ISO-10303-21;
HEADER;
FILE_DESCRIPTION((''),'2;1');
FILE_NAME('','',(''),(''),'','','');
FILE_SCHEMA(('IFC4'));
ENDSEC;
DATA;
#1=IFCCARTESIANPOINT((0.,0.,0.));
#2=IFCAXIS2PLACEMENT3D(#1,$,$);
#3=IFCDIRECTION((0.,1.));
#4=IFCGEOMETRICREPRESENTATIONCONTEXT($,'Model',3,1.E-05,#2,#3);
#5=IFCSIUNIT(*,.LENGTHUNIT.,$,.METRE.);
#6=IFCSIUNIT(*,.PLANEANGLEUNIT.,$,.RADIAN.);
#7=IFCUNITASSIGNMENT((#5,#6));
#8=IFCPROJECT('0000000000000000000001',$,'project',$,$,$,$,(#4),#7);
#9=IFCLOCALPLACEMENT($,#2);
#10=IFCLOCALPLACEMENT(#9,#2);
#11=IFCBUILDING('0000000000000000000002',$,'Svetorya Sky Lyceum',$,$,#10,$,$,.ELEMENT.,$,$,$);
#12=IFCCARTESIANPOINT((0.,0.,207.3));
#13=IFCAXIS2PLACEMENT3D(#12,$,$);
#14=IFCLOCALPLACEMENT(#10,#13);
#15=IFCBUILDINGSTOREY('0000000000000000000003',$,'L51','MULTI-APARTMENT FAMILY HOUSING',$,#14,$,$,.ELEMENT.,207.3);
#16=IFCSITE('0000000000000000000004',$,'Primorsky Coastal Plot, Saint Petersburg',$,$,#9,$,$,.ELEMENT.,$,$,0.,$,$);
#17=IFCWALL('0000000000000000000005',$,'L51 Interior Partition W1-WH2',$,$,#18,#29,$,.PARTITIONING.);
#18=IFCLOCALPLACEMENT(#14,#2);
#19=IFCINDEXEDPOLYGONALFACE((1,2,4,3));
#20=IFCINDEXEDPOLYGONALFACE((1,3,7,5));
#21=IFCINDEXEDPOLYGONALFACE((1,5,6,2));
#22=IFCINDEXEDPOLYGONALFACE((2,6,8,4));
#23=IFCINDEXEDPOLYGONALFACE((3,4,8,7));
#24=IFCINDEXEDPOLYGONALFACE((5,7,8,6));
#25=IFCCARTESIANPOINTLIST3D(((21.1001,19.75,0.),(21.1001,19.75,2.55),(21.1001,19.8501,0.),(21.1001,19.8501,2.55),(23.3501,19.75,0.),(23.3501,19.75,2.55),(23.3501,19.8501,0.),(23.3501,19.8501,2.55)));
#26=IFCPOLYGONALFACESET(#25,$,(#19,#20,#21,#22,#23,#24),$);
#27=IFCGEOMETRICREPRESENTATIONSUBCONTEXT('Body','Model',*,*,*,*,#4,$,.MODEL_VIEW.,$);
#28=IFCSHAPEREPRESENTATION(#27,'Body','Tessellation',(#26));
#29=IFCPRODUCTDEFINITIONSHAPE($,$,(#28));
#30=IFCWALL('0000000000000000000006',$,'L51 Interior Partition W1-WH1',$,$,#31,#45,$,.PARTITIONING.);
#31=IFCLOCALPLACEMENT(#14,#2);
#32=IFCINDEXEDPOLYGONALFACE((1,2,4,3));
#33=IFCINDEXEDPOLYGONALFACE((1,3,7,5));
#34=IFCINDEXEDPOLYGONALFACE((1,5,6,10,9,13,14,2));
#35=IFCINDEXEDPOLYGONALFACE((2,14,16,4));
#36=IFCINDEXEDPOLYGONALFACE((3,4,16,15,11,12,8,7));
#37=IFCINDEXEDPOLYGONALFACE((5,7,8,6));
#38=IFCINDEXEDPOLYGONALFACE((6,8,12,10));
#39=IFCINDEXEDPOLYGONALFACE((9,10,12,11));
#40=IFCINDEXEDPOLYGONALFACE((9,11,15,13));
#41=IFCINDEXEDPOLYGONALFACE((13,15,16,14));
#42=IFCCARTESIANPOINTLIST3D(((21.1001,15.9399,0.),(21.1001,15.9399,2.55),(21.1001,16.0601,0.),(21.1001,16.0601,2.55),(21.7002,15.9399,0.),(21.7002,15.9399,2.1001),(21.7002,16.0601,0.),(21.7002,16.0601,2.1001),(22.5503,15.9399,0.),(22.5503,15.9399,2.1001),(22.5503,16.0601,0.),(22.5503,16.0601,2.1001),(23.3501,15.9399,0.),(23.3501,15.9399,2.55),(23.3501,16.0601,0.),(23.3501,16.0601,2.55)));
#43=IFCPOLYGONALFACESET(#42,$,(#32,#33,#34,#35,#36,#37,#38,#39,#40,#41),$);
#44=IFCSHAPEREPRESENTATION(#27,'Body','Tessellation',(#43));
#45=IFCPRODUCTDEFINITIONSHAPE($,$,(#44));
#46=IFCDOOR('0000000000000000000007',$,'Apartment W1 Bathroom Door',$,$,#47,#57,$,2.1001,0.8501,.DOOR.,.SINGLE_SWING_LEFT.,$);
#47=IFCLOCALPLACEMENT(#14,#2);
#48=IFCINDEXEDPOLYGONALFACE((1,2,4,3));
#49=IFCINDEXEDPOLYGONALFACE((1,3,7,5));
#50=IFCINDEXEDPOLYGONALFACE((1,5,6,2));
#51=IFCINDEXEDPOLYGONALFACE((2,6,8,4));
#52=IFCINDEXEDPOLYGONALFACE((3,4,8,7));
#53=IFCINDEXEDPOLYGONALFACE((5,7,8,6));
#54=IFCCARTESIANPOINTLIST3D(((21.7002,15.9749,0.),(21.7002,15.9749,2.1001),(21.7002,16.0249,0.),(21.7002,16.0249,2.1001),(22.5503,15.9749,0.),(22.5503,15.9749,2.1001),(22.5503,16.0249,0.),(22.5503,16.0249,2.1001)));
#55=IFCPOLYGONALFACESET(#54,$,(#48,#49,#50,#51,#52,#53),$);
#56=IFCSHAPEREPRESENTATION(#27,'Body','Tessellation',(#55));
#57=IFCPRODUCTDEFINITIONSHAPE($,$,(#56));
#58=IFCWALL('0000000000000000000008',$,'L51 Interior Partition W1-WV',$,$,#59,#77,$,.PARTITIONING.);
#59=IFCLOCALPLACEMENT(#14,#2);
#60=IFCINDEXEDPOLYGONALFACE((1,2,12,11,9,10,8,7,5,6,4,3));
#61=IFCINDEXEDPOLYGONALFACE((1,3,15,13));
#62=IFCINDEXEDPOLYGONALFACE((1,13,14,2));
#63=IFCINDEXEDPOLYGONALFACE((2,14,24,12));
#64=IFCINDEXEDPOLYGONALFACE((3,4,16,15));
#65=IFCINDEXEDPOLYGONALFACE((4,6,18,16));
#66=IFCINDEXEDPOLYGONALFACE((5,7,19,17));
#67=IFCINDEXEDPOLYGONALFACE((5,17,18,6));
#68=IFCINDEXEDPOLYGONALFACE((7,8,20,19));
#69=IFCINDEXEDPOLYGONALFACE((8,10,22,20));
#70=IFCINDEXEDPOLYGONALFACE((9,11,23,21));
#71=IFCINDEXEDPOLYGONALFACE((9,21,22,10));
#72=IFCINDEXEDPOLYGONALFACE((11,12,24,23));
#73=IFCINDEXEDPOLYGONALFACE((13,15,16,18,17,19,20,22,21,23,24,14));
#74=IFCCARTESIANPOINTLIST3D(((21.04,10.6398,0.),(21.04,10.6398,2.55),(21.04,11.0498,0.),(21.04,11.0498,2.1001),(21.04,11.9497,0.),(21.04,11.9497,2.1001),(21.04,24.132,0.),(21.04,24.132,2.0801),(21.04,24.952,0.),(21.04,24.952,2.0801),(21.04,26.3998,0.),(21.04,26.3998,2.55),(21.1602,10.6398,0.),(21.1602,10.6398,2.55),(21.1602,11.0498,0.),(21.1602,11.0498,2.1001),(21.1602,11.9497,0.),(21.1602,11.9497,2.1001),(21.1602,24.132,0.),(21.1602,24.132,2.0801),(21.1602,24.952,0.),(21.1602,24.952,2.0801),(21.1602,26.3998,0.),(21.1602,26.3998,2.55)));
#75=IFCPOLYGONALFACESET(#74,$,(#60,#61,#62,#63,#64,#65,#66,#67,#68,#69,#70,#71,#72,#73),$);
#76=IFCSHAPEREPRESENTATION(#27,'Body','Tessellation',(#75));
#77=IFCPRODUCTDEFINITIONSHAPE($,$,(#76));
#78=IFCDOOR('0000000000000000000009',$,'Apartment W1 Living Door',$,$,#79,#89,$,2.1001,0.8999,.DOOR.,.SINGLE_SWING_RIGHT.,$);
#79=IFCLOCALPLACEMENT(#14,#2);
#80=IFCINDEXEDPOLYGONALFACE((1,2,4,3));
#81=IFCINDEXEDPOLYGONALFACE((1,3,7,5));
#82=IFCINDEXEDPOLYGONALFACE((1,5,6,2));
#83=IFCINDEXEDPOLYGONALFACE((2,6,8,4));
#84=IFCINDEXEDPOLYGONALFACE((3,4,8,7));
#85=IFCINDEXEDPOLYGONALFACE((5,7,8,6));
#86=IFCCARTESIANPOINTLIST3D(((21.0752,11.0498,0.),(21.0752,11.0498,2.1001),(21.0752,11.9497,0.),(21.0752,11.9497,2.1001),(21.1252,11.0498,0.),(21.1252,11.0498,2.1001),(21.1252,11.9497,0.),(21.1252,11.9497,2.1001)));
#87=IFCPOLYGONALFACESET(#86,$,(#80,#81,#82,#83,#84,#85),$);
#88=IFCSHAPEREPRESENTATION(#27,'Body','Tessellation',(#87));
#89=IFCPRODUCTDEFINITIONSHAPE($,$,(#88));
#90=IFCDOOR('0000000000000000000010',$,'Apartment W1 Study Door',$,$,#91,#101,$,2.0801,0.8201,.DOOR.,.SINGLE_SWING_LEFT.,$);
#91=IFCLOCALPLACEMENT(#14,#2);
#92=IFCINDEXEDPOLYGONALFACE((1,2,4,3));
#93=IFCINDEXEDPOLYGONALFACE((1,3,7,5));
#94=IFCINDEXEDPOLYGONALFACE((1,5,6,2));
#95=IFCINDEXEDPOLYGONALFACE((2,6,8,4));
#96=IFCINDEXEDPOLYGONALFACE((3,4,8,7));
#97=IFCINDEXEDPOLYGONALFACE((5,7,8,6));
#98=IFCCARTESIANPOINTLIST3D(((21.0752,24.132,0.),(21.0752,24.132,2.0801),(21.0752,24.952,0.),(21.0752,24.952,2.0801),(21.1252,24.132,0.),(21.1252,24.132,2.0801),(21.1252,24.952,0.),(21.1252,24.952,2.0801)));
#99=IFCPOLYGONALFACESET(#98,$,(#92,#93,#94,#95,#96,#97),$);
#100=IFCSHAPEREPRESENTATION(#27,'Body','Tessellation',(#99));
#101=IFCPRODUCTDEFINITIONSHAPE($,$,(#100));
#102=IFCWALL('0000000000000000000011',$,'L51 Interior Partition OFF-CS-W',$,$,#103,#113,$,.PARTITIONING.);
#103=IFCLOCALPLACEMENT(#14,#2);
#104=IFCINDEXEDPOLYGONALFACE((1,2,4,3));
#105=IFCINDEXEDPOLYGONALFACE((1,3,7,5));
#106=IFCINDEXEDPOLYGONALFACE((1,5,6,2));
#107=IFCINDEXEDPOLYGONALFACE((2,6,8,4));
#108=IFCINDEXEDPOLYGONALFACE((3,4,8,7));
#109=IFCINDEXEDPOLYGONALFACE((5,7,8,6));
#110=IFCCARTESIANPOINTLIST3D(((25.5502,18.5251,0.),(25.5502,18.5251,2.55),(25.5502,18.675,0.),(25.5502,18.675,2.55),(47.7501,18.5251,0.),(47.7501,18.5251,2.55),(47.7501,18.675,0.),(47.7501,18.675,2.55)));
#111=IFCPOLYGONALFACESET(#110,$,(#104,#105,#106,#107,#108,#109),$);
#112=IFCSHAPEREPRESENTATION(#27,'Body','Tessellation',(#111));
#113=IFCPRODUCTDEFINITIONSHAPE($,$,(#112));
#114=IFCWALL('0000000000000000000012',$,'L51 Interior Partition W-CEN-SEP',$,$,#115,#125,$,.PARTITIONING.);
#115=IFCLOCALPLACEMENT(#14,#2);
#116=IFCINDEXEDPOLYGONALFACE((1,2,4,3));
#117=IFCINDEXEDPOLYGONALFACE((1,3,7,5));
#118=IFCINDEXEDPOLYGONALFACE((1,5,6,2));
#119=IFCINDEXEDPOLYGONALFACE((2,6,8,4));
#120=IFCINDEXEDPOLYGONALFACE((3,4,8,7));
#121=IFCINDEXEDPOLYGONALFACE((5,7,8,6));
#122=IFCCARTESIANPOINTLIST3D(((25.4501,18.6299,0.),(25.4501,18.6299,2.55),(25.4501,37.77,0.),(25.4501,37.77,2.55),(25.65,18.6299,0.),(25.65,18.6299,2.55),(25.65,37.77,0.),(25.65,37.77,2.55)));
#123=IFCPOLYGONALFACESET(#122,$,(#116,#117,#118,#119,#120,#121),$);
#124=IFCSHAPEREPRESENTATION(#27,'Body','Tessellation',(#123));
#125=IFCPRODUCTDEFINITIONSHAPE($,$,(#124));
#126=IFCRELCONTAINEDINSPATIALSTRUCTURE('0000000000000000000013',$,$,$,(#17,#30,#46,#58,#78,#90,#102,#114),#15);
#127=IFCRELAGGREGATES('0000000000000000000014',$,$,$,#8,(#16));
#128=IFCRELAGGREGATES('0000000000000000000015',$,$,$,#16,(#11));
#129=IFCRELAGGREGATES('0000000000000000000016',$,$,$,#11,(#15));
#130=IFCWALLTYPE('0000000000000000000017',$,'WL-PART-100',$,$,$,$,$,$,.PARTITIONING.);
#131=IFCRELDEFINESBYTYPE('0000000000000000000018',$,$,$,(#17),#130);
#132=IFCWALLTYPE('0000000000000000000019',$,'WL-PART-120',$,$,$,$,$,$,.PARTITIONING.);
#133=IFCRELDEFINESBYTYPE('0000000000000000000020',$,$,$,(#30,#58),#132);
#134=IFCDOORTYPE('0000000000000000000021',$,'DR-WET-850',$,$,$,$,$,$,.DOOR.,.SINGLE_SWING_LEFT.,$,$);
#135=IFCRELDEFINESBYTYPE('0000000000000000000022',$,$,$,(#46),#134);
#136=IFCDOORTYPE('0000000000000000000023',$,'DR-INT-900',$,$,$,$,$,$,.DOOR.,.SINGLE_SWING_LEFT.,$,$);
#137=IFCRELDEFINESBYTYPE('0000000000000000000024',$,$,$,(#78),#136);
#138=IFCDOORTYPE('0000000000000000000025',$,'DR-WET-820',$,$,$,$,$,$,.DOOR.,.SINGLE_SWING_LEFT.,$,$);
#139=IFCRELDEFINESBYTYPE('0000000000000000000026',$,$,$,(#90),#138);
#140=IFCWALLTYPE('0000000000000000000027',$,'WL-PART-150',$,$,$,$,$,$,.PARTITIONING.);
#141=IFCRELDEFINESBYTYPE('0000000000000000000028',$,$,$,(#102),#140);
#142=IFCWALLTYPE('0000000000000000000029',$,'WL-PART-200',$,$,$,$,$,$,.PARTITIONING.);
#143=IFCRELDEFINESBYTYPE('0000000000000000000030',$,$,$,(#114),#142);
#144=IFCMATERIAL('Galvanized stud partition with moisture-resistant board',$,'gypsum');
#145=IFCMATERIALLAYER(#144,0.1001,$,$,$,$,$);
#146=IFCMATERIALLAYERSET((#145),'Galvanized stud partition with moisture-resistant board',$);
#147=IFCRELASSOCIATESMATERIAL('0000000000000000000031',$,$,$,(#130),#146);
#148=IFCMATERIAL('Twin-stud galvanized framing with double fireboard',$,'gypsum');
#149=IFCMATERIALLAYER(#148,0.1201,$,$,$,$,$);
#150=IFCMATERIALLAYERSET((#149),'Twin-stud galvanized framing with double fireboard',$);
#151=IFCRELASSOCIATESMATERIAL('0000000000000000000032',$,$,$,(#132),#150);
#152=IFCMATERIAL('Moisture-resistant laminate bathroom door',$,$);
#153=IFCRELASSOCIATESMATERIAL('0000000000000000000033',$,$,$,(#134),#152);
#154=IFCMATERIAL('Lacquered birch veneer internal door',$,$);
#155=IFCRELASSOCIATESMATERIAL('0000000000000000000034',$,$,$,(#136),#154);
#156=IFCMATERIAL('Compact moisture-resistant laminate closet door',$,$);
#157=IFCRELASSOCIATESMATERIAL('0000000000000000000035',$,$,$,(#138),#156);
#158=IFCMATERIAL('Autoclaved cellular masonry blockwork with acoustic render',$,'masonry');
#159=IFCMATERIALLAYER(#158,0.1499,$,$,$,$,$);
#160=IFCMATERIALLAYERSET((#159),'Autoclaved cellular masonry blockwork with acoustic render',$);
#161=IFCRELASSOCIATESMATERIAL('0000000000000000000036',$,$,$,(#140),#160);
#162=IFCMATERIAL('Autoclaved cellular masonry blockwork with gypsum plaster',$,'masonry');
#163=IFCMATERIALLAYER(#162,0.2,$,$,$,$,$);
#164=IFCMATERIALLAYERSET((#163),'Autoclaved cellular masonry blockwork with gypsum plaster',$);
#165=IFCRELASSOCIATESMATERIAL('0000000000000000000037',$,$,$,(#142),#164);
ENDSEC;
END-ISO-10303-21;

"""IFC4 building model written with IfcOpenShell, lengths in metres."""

from ifc_helpers import new_model, si_unit, direction, frame, frame_2d, origin, place, context, subcontext, project, spatial, rectangle, extrude, material, layer, layer_set, type_object, element, fill, save


model = new_model("IFC4")

# Units and contexts
model_context = context("Model", 3, precision=1e-05, world=origin(), true_north=direction((0.0, 1.0)))
body_context = subcontext(model_context, "Body", "Model", "MODEL_VIEW")
ifc_project = project(units=[si_unit("LENGTHUNIT", "METRE"), si_unit("PLANEANGLEUNIT", "RADIAN")], contexts=[model_context])

# Site, building, storey
site_placement = place(None, origin())
site = spatial("IfcSite", under=ifc_project, at=site_placement, Name="Primorsky Coastal Plot, Saint Petersburg", CompositionType="ELEMENT", RefElevation=0.0)
building_placement = place(site_placement, origin())
building = spatial("IfcBuilding", under=site, at=building_placement, Name="Svetorya Sky Lyceum", CompositionType="ELEMENT")
storey_placement = place(building_placement, frame((0.0, 0.0, 207.3)))
storey = spatial("IfcBuildingStorey", under=building, at=storey_placement, Name="L51", Description="MULTI-APARTMENT FAMILY HOUSING", CompositionType="ELEMENT", Elevation=207.3)

# Wall
ifc_material_1 = material(Name="Galvanized stud partition with moisture-resistant board", Category="gypsum")
ifc_layer_1 = layer(ifc_material_1, 0.1001)
ifc_layer_set_1 = layer_set([ifc_layer_1], Name="Galvanized stud partition with moisture-resistant board")
wall_type_1 = type_object("IfcWallType", Name="WL-PART-100", PredefinedType="PARTITIONING", material=ifc_layer_set_1)
wall_1_placement = place(storey_placement, frame((21.1001, 19.8, 0.0), z_axis=(0.0, 0.0, 1.0), x_axis=(1.0, 0.0, 0.0)))
element("IfcWall", 1, at=wall_1_placement, inside=storey, type_object=wall_type_1, Name="L51 Interior Partition W1-WH2", PredefinedType="PARTITIONING", context=body_context, shape_type="SweptSolid", body=[
    extrude(rectangle(XDim=2.25, YDim=0.1001, at=frame_2d((1.125, 0.0))), origin(), (0.0, 0.0, 1.0), 2.55),
])

# Wall, opening, door
ifc_material_2 = material(Name="Twin-stud galvanized framing with double fireboard", Category="gypsum")
ifc_layer_2 = layer(ifc_material_2, 0.1201)
ifc_layer_set_2 = layer_set([ifc_layer_2], Name="Twin-stud galvanized framing with double fireboard")
wall_type_2 = type_object("IfcWallType", Name="WL-PART-120", PredefinedType="PARTITIONING", material=ifc_layer_set_2)
wall_2_placement = place(storey_placement, frame((21.1001, 16.0, 0.0), z_axis=(0.0, 0.0, 1.0), x_axis=(1.0, 0.0, 0.0)))
wall_2 = element("IfcWall", 2, at=wall_2_placement, inside=storey, type_object=wall_type_2, Name="L51 Interior Partition W1-WH1", PredefinedType="PARTITIONING", context=body_context, shape_type="SweptSolid", body=[
    extrude(rectangle(XDim=2.25, YDim=0.1201, at=frame_2d((1.125, 0.0))), origin(), (0.0, 0.0, 1.0), 2.55),
])
opening_1_placement = place(wall_2_placement, frame((0.6001, 0.0, 0.0)))
opening_1 = element("IfcOpeningElement", 3, at=opening_1_placement, cuts=wall_2, PredefinedType="OPENING", context=body_context, shape_type="SweptSolid", body=[
    extrude(rectangle(XDim=0.8501, YDim=2.1001, at=frame_2d((0.425, 1.05))), frame((0.0, 0.0701, 0.0), z_axis=(0.0, -1.0, 0.0), x_axis=(1.0, 0.0, 0.0)), (0.0, 0.0, 1.0), 0.1401),
])
ifc_material_3 = material(Name="Moisture-resistant laminate bathroom door")
door_type_1 = type_object("IfcDoorType", Name="DR-WET-850", OperationType="SINGLE_SWING_LEFT", PredefinedType="DOOR", material=ifc_material_3)
door_1_placement = place(opening_1_placement, origin())
door_1 = element("IfcDoor", 4, at=door_1_placement, inside=storey, type_object=door_type_1, Name="Apartment W1 Bathroom Door", OperationType="SINGLE_SWING_LEFT", OverallHeight=2.1001, OverallWidth=0.8501, PredefinedType="DOOR", context=body_context, shape_type="SweptSolid", body=[
    extrude(rectangle(XDim=0.8501, YDim=2.1001, at=frame_2d((0.425, 1.05))), frame((0.0, 0.0249, 0.0), z_axis=(0.0, -1.0, 0.0), x_axis=(1.0, 0.0, 0.0)), (0.0, 0.0, 1.0), 0.05),
])
fill(opening_1, door_1)

# Wall, openings, doors
wall_3_placement = place(storey_placement, frame((21.1001, 10.6399, 0.0), z_axis=(0.0, 0.0, 1.0), x_axis=(0.0, 1.0, 0.0)))
wall_3 = element("IfcWall", 5, at=wall_3_placement, inside=storey, type_object=wall_type_2, Name="L51 Interior Partition W1-WV", PredefinedType="PARTITIONING", context=body_context, shape_type="SweptSolid", body=[
    extrude(rectangle(XDim=15.76, YDim=0.1201, at=frame_2d((7.8799, 0.0))), origin(), (0.0, 0.0, 1.0), 2.55),
])
opening_2_placement = place(wall_3_placement, frame((0.4099, 0.0, 0.0)))
opening_2 = element("IfcOpeningElement", 6, at=opening_2_placement, cuts=wall_3, PredefinedType="OPENING", context=body_context, shape_type="SweptSolid", body=[
    extrude(rectangle(XDim=0.8999, YDim=2.1001, at=frame_2d((0.45, 1.05))), frame((0.0, 0.0701, 0.0), z_axis=(0.0, -1.0, 0.0), x_axis=(1.0, 0.0, 0.0)), (0.0, 0.0, 1.0), 0.1401),
])
opening_3_placement = place(wall_3_placement, frame((13.4919, 0.0, 0.0)))
opening_3 = element("IfcOpeningElement", 7, at=opening_3_placement, cuts=wall_3, PredefinedType="OPENING", context=body_context, shape_type="SweptSolid", body=[
    extrude(rectangle(XDim=0.8201, YDim=2.0801, at=frame_2d((0.4102, 1.04))), frame((0.0, 0.0701, 0.0), z_axis=(0.0, -1.0, 0.0), x_axis=(1.0, 0.0, 0.0)), (0.0, 0.0, 1.0), 0.1401),
])
ifc_material_4 = material(Name="Lacquered birch veneer internal door")
door_type_2 = type_object("IfcDoorType", Name="DR-INT-900", OperationType="SINGLE_SWING_LEFT", PredefinedType="DOOR", material=ifc_material_4)
door_2_placement = place(opening_2_placement, origin())
door_2 = element("IfcDoor", 8, at=door_2_placement, inside=storey, type_object=door_type_2, Name="Apartment W1 Living Door", OperationType="SINGLE_SWING_RIGHT", OverallHeight=2.1001, OverallWidth=0.8999, PredefinedType="DOOR", context=body_context, shape_type="SweptSolid", body=[
    extrude(rectangle(XDim=0.8999, YDim=2.1001, at=frame_2d((0.45, 1.05))), frame((0.0, 0.0249, 0.0), z_axis=(0.0, -1.0, 0.0), x_axis=(1.0, 0.0, 0.0)), (0.0, 0.0, 1.0), 0.05),
])
fill(opening_2, door_2)
ifc_material_5 = material(Name="Compact moisture-resistant laminate closet door")
door_type_3 = type_object("IfcDoorType", Name="DR-WET-820", OperationType="SINGLE_SWING_LEFT", PredefinedType="DOOR", material=ifc_material_5)
door_3_placement = place(opening_3_placement, origin())
door_3 = element("IfcDoor", 9, at=door_3_placement, inside=storey, type_object=door_type_3, Name="Apartment W1 Study Door", OperationType="SINGLE_SWING_LEFT", OverallHeight=2.0801, OverallWidth=0.8201, PredefinedType="DOOR", context=body_context, shape_type="SweptSolid", body=[
    extrude(rectangle(XDim=0.8201, YDim=2.0801, at=frame_2d((0.4102, 1.04))), frame((0.0, 0.0249, 0.0), z_axis=(0.0, -1.0, 0.0), x_axis=(1.0, 0.0, 0.0)), (0.0, 0.0, 1.0), 0.05),
])
fill(opening_3, door_3)

# Walls
ifc_material_6 = material(Name="Autoclaved cellular masonry blockwork with acoustic render", Category="masonry")
ifc_layer_3 = layer(ifc_material_6, 0.1499)
ifc_layer_set_3 = layer_set([ifc_layer_3], Name="Autoclaved cellular masonry blockwork with acoustic render")
wall_type_3 = type_object("IfcWallType", Name="WL-PART-150", PredefinedType="PARTITIONING", material=ifc_layer_set_3)
wall_4_placement = place(storey_placement, frame((25.55, 18.6001, 0.0), z_axis=(0.0, 0.0, 1.0), x_axis=(1.0, 0.0, 0.0)))
element("IfcWall", 10, at=wall_4_placement, inside=storey, type_object=wall_type_3, Name="L51 Interior Partition OFF-CS-W", PredefinedType="PARTITIONING", context=body_context, shape_type="SweptSolid", body=[
    extrude(rectangle(XDim=22.2, YDim=0.1499, at=frame_2d((11.1001, 0.0))), origin(), (0.0, 0.0, 1.0), 2.55),
])
ifc_material_7 = material(Name="Autoclaved cellular masonry blockwork with gypsum plaster", Category="masonry")
ifc_layer_4 = layer(ifc_material_7, 0.2)
ifc_layer_set_4 = layer_set([ifc_layer_4], Name="Autoclaved cellular masonry blockwork with gypsum plaster")
wall_type_4 = type_object("IfcWallType", Name="WL-PART-200", PredefinedType="PARTITIONING", material=ifc_layer_set_4)
wall_5_placement = place(storey_placement, frame((25.55, 18.6299, 0.0), z_axis=(0.0, 0.0, 1.0), x_axis=(0.0, 1.0, 0.0)))
element("IfcWall", 11, at=wall_5_placement, inside=storey, type_object=wall_type_4, Name="L51 Interior Partition W-CEN-SEP", PredefinedType="PARTITIONING", context=body_context, shape_type="SweptSolid", body=[
    extrude(rectangle(XDim=19.1401, YDim=0.2, at=frame_2d((9.5701, 0.0))), origin(), (0.0, 0.0, 1.0), 2.55),
])

save(model, "model.ifc")
